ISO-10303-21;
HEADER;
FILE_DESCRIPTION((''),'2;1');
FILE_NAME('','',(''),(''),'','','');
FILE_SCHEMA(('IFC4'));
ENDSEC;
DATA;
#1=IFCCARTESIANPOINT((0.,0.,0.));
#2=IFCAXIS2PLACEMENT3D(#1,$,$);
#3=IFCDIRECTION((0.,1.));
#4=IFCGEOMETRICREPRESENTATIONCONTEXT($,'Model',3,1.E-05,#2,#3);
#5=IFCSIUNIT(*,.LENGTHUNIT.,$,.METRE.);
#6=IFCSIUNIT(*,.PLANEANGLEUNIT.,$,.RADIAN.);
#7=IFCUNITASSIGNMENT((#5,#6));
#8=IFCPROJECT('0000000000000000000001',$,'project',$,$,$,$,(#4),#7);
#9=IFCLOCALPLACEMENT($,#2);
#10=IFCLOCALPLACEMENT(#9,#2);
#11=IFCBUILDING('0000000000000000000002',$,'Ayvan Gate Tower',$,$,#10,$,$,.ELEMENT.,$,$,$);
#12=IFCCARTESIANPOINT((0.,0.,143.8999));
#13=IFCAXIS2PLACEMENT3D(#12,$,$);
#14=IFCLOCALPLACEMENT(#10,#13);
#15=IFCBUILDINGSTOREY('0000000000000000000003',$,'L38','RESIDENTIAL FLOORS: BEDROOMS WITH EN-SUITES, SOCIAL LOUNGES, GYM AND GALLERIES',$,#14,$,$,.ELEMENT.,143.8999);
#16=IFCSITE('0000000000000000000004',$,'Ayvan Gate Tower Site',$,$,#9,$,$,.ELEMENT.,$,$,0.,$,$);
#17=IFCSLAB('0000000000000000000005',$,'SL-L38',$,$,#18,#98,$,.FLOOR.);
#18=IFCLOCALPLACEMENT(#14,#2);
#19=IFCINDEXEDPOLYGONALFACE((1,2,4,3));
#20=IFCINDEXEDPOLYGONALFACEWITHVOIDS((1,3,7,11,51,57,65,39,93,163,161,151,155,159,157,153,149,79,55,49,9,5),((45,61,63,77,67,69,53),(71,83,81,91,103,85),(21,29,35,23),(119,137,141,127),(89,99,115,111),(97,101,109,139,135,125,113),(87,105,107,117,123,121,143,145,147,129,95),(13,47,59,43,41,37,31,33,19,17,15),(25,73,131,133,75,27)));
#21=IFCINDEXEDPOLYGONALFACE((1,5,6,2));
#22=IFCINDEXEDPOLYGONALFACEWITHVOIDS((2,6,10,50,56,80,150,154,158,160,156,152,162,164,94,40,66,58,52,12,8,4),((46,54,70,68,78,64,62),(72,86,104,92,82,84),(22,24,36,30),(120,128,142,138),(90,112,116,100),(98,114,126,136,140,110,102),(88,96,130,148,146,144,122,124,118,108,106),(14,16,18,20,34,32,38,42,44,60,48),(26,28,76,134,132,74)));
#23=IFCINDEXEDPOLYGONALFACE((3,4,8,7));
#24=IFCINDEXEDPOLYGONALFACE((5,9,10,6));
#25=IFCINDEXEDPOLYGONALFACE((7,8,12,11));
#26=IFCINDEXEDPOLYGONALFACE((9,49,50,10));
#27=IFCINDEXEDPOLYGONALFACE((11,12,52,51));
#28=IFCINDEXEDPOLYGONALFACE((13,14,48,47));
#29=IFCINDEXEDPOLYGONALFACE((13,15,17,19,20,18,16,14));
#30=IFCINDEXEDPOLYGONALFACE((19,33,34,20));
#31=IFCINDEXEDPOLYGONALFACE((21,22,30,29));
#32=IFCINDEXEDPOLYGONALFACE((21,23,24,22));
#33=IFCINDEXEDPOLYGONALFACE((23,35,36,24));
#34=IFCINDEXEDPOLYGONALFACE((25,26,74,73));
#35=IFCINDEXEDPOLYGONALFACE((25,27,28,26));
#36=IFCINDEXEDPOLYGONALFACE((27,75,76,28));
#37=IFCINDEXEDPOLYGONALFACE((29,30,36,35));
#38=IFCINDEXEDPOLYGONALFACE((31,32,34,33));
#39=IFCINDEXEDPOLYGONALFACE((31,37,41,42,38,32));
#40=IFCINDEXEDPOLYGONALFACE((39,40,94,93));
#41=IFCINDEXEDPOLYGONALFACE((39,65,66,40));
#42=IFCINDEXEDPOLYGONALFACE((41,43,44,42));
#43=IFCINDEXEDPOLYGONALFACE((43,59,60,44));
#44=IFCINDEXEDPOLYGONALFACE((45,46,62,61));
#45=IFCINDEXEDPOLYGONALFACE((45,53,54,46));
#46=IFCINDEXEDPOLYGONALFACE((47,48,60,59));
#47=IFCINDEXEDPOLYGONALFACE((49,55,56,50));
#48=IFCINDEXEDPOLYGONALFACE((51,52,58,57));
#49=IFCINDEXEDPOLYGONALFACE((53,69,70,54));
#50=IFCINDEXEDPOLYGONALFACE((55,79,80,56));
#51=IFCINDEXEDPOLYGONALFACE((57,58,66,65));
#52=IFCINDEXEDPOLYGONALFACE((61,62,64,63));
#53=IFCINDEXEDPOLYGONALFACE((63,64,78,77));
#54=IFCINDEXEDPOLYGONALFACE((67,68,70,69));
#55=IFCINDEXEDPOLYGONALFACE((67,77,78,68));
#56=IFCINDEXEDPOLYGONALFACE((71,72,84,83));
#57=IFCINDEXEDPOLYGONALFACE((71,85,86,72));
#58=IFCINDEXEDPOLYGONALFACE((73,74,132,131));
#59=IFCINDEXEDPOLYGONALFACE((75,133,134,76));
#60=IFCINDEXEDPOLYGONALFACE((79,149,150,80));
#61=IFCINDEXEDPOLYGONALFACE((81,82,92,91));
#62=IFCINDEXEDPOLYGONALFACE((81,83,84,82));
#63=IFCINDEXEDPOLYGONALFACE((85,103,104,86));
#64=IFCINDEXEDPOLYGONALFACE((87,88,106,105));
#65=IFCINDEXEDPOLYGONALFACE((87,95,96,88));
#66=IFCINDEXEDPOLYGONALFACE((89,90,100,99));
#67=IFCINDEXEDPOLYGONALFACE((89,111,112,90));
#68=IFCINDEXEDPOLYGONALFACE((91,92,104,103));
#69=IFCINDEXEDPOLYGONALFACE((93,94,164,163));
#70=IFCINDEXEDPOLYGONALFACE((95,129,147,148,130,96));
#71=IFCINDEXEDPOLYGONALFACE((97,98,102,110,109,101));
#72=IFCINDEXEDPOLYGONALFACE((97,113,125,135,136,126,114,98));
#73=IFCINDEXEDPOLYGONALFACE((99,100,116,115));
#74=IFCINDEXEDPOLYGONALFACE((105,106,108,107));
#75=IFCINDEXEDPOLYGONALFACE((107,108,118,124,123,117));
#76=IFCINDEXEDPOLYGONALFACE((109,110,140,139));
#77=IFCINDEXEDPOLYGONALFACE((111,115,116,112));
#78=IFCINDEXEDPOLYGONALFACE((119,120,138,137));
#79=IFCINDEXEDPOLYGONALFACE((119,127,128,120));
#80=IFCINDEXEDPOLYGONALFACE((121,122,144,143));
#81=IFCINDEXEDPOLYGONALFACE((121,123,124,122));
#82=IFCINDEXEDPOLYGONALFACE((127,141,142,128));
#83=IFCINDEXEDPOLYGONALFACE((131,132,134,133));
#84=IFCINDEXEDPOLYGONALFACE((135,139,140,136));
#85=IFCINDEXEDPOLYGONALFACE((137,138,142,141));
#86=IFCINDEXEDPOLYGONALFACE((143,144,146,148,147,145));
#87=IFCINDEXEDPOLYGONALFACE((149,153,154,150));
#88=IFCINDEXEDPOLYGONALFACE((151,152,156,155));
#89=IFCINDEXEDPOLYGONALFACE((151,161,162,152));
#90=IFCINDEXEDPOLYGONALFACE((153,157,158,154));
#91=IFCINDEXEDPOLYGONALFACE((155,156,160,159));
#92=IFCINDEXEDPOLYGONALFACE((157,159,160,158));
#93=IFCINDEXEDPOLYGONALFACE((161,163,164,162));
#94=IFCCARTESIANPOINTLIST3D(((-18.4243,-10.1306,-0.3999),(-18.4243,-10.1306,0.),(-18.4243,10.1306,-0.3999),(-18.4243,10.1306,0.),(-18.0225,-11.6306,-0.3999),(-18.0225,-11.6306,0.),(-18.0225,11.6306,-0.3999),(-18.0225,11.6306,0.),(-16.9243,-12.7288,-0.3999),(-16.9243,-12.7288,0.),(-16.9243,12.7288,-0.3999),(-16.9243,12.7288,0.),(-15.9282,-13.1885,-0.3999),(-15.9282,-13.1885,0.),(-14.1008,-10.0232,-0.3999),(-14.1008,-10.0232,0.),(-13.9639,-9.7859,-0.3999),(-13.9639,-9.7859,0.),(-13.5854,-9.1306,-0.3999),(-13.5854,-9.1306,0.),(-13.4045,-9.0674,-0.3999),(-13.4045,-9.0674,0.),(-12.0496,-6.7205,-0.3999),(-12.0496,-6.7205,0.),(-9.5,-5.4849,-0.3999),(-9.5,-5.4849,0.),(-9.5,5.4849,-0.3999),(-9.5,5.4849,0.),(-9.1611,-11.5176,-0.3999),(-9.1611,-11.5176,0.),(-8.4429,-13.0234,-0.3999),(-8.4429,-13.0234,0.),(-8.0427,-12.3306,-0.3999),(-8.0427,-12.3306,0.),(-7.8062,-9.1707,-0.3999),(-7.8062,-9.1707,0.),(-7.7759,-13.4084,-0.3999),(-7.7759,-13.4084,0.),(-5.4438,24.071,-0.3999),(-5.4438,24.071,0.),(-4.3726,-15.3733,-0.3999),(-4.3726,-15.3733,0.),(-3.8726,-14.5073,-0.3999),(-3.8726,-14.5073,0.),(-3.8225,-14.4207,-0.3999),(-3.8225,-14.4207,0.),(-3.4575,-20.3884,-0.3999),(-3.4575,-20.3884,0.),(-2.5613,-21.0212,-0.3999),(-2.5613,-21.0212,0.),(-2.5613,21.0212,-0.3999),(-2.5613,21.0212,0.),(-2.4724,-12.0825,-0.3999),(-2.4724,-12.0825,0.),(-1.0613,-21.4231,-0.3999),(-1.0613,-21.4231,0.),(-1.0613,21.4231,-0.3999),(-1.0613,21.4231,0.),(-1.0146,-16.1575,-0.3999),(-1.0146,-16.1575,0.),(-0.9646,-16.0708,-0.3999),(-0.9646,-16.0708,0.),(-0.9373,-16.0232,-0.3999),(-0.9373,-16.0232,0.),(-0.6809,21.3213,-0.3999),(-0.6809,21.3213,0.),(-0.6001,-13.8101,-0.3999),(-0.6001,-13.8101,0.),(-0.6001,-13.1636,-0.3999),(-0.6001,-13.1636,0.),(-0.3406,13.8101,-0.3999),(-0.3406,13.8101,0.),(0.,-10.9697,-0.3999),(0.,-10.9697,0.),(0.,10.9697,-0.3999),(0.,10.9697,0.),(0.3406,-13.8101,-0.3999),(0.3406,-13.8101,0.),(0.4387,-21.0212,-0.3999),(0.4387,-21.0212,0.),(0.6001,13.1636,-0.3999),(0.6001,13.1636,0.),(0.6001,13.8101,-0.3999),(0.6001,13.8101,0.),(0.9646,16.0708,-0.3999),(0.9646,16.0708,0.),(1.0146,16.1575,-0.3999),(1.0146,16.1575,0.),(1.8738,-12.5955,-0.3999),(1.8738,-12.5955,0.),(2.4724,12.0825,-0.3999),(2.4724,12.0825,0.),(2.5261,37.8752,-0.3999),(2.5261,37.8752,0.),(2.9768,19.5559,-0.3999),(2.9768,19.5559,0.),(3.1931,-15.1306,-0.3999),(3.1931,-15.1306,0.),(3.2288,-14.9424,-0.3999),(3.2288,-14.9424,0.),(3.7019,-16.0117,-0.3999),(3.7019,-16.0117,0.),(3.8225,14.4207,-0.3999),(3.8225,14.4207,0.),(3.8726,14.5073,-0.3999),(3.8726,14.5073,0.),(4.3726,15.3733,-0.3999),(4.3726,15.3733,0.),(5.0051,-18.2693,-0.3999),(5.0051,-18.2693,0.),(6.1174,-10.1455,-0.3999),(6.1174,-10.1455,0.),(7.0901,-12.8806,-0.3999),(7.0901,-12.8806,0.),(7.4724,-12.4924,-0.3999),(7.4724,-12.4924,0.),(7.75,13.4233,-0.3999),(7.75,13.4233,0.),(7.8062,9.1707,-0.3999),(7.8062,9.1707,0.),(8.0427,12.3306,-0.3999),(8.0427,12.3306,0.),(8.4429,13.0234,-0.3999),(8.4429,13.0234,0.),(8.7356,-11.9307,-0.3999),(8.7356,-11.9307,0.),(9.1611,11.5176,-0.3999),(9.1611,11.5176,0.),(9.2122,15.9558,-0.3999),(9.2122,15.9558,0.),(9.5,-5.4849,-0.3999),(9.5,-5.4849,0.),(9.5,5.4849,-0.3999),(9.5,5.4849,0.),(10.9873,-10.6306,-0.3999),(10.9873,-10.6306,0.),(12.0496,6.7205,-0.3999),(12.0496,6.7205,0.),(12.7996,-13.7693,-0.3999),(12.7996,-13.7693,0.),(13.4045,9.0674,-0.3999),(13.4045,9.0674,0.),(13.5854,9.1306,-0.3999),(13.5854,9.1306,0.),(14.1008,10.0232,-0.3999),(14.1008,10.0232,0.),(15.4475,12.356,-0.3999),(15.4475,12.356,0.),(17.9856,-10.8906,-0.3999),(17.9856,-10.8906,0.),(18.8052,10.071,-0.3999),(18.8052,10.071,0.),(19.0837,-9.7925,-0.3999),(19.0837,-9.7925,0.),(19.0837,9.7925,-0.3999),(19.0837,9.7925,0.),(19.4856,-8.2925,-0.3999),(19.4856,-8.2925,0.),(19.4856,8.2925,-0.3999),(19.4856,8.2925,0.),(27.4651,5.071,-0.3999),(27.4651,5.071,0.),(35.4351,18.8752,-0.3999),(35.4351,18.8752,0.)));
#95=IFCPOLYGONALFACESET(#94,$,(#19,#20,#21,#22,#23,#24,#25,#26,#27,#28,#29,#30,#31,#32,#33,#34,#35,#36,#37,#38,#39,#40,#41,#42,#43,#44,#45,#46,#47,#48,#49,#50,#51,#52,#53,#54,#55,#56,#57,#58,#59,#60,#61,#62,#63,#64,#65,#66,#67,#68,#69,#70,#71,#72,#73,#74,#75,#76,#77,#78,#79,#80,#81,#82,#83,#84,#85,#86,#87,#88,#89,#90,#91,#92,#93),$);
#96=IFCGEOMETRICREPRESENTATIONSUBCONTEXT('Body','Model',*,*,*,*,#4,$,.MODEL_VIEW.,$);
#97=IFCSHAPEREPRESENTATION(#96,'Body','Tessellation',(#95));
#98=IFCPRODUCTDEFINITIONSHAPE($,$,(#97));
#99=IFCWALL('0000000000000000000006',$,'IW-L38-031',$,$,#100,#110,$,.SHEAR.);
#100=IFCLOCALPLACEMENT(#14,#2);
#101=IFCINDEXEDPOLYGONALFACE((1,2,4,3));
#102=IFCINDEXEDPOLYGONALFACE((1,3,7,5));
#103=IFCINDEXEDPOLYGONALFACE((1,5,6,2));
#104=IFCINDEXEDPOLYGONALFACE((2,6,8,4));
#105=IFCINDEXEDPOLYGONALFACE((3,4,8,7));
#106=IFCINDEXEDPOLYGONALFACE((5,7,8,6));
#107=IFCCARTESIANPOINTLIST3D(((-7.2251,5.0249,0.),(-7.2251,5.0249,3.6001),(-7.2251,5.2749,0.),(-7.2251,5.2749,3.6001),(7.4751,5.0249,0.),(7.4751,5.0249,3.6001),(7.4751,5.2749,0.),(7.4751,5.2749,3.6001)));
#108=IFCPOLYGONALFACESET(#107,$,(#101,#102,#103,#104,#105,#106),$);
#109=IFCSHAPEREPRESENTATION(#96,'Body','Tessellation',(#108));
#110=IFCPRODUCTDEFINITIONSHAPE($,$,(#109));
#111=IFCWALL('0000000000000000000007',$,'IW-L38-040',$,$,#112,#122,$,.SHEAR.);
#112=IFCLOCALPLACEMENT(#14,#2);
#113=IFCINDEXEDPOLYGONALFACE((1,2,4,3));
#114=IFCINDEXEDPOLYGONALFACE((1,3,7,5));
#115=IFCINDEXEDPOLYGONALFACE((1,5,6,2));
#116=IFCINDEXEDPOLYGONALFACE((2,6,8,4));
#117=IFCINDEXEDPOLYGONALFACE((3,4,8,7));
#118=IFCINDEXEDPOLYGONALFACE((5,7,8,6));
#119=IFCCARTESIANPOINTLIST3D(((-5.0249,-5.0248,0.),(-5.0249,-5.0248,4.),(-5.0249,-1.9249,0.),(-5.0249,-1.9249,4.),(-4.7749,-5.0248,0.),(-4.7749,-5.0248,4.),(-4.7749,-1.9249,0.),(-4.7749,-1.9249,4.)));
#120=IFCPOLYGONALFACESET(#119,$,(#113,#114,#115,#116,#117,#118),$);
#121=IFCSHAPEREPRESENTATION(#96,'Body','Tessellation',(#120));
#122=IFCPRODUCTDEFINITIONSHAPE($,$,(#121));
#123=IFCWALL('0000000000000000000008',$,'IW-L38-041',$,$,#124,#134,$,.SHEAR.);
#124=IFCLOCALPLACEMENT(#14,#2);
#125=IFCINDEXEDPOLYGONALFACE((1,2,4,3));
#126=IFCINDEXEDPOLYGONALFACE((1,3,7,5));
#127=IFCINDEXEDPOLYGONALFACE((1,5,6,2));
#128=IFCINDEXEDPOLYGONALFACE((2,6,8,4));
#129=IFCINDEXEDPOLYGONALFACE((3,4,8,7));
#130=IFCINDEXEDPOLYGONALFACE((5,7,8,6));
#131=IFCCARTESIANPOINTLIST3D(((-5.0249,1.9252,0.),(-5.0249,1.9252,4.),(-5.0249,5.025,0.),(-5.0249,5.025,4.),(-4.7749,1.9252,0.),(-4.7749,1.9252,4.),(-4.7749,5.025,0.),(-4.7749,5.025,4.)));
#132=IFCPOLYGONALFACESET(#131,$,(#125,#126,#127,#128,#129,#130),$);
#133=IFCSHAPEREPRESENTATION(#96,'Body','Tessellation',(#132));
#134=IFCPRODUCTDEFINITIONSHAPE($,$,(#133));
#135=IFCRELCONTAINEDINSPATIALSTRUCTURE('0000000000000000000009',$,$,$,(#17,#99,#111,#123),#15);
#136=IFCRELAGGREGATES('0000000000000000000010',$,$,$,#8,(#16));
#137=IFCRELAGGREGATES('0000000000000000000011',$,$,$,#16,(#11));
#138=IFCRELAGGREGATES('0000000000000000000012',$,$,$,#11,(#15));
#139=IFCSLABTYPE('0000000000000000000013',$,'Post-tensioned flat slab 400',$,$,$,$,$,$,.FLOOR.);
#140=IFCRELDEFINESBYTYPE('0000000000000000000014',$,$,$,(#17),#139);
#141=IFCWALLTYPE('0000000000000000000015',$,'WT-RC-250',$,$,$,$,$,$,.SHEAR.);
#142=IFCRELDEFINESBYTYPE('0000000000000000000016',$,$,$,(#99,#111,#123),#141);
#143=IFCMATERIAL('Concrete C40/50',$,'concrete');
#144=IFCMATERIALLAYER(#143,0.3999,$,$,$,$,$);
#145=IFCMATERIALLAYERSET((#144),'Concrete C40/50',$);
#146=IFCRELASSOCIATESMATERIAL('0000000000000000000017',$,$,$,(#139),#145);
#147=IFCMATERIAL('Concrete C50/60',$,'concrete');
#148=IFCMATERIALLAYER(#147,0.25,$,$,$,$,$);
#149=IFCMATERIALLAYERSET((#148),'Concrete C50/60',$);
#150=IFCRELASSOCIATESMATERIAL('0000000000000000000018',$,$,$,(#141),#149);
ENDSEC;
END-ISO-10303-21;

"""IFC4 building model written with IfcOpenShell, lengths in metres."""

from ifc_helpers import new_model, si_unit, direction, frame, frame_2d, origin, place, context, subcontext, project, spatial, polyline, rectangle, outline, extrude, material, layer, layer_set, type_object, element, save


model = new_model("IFC4")

# Units and contexts
model_context = context("Model", 3, precision=1e-05, world=origin(), true_north=direction((0.0, 1.0)))
body_context = subcontext(model_context, "Body", "Model", "MODEL_VIEW")
ifc_project = project(units=[si_unit("LENGTHUNIT", "METRE"), si_unit("PLANEANGLEUNIT", "RADIAN")], contexts=[model_context])

# Site, building, storey
site_placement = place(None, origin())
site = spatial("IfcSite", under=ifc_project, at=site_placement, Name="Ayvan Gate Tower Site", CompositionType="ELEMENT", RefElevation=0.0)
building_placement = place(site_placement, origin())
building = spatial("IfcBuilding", under=site, at=building_placement, Name="Ayvan Gate Tower", CompositionType="ELEMENT")
storey_placement = place(building_placement, frame((0.0, 0.0, 143.8999)))
storey = spatial("IfcBuildingStorey", under=building, at=storey_placement, Name="L38", Description="RESIDENTIAL FLOORS: BEDROOMS WITH EN-SUITES, SOCIAL LOUNGES, GYM AND GALLERIES", CompositionType="ELEMENT", Elevation=143.8999)

# Slab
ifc_material_1 = material(Name="Concrete C40/50", Category="concrete")
ifc_layer_1 = layer(ifc_material_1, 0.3999)
ifc_layer_set_1 = layer_set([ifc_layer_1], Name="Concrete C40/50")
slab_type = type_object("IfcSlabType", Name="Post-tensioned flat slab 400", PredefinedType="FLOOR", material=ifc_layer_set_1)
slab_placement = place(storey_placement, frame((0.0, 0.0, -0.3999)))
element("IfcSlab", 1, at=slab_placement, inside=storey, type_object=slab_type, Name="SL-L38", PredefinedType="FLOOR", context=body_context, shape_type="SweptSolid", body=[
    extrude(outline(polyline([(-18.0225, -11.6306), (-18.4243, -10.1306), (-18.4243, 10.1306), (-18.0225, 11.6306), (-16.9243, 12.7288), (-2.5613, 21.0212), (-1.0613, 21.4231), (-0.6809, 21.3213), (-5.4438, 24.071), (2.5261, 37.8752), (35.4351, 18.8752), (27.4651, 5.071), (18.8052, 10.071), (19.0837, 9.7925), (19.4856, 8.2925), (19.4856, -8.2925), (19.0837, -9.7925), (17.9856, -10.8906), (0.4387, -21.0212), (-1.0613, -21.4231), (-2.5613, -21.0212), (-16.9243, -12.7288), (-18.0225, -11.6306)]), holes=[polyline([(8.4429, 13.0234), (8.0427, 12.3306), (13.5854, 9.1306), (14.1008, 10.0232), (15.4475, 12.356), (9.2122, 15.9558), (2.9768, 19.5559), (1.0146, 16.1575), (3.8726, 14.5073), (4.3726, 15.3733), (7.75, 13.4233), (8.4429, 13.0234)]), polyline([(7.8062, 9.1707), (12.0496, 6.7205), (13.4045, 9.0674), (9.1611, 11.5176), (7.8062, 9.1707)]), polyline([(3.7019, -16.0117), (5.0051, -18.2693), (12.7996, -13.7693), (10.9873, -10.6306), (8.7356, -11.9307), (7.0901, -12.8806), (3.1931, -15.1306), (3.7019, -16.0117)]), polyline([(-9.5, -5.4849), (0.0, -10.9697), (9.5, -5.4849), (9.5, 5.4849), (0.0, 10.9697), (-9.5, 5.4849), (-9.5, -5.4849)]), polyline([(6.1174, -10.1455), (1.8738, -12.5955), (3.2288, -14.9424), (7.4724, -12.4924), (6.1174, -10.1455)]), polyline([(0.9646, 16.0708), (-0.3406, 13.8101), (0.6001, 13.8101), (0.6001, 13.1636), (2.4724, 12.0825), (3.8225, 14.4207), (0.9646, 16.0708)]), polyline([(-0.6001, -13.1636), (-2.4724, -12.0825), (-3.8225, -14.4207), (-0.9646, -16.0708), (-0.9373, -16.0232), (0.3406, -13.8101), (-0.6001, -13.8101), (-0.6001, -13.1636)]), polyline([(-15.9282, -13.1885), (-3.4575, -20.3884), (-1.0146, -16.1575), (-3.8726, -14.5073), (-4.3726, -15.3733), (-7.7759, -13.4084), (-8.4429, -13.0234), (-8.0427, -12.3306), (-13.5854, -9.1306), (-13.9639, -9.7859), (-14.1008, -10.0232), (-15.9282, -13.1885)]), polyline([(-13.4045, -9.0674), (-9.1611, -11.5176), (-7.8062, -9.1707), (-12.0496, -6.7205), (-13.4045, -9.0674)])]), origin(), (0.0, 0.0, 1.0), 0.3999),
])

# Walls
ifc_material_2 = material(Name="Concrete C50/60", Category="concrete")
ifc_layer_2 = layer(ifc_material_2, 0.25)
ifc_layer_set_2 = layer_set([ifc_layer_2], Name="Concrete C50/60")
wall_type = type_object("IfcWallType", Name="WT-RC-250", PredefinedType="SHEAR", material=ifc_layer_set_2)
wall_1_placement = place(storey_placement, frame((-7.2251, 5.1499, 0.0), z_axis=(0.0, 0.0, 1.0), x_axis=(1.0, 0.0, 0.0)))
element("IfcWall", 2, at=wall_1_placement, inside=storey, type_object=wall_type, Name="IW-L38-031", PredefinedType="SHEAR", context=body_context, shape_type="SweptSolid", body=[
    extrude(rectangle(XDim=14.7002, YDim=0.25, at=frame_2d((7.3501, 0.0))), origin(), (0.0, 0.0, 1.0), 3.6001),
])
for number, where, z_axis, x_axis, name in (
    (3, (-4.8999, -1.925, 0.0), (0.0, 0.0, 1.0), (0.0, -1.0, 0.0), "IW-L38-040"),
    (4, (-4.8999, 5.0249, 0.0), (0.0, 0.0, 1.0), (0.0, -1.0, 0.0), "IW-L38-041"),
):
    element("IfcWall", number, at=place(storey_placement, frame(where, z_axis=z_axis, x_axis=x_axis)), inside=storey, type_object=wall_type, Name=name, PredefinedType="SHEAR", context=body_context, shape_type="SweptSolid", body=[
        extrude(rectangle(XDim=3.0999, YDim=0.25, at=frame_2d((1.5498, 0.0))), origin(), (0.0, 0.0, 1.0), 4.0),
    ])

save(model, "model.ifc")
